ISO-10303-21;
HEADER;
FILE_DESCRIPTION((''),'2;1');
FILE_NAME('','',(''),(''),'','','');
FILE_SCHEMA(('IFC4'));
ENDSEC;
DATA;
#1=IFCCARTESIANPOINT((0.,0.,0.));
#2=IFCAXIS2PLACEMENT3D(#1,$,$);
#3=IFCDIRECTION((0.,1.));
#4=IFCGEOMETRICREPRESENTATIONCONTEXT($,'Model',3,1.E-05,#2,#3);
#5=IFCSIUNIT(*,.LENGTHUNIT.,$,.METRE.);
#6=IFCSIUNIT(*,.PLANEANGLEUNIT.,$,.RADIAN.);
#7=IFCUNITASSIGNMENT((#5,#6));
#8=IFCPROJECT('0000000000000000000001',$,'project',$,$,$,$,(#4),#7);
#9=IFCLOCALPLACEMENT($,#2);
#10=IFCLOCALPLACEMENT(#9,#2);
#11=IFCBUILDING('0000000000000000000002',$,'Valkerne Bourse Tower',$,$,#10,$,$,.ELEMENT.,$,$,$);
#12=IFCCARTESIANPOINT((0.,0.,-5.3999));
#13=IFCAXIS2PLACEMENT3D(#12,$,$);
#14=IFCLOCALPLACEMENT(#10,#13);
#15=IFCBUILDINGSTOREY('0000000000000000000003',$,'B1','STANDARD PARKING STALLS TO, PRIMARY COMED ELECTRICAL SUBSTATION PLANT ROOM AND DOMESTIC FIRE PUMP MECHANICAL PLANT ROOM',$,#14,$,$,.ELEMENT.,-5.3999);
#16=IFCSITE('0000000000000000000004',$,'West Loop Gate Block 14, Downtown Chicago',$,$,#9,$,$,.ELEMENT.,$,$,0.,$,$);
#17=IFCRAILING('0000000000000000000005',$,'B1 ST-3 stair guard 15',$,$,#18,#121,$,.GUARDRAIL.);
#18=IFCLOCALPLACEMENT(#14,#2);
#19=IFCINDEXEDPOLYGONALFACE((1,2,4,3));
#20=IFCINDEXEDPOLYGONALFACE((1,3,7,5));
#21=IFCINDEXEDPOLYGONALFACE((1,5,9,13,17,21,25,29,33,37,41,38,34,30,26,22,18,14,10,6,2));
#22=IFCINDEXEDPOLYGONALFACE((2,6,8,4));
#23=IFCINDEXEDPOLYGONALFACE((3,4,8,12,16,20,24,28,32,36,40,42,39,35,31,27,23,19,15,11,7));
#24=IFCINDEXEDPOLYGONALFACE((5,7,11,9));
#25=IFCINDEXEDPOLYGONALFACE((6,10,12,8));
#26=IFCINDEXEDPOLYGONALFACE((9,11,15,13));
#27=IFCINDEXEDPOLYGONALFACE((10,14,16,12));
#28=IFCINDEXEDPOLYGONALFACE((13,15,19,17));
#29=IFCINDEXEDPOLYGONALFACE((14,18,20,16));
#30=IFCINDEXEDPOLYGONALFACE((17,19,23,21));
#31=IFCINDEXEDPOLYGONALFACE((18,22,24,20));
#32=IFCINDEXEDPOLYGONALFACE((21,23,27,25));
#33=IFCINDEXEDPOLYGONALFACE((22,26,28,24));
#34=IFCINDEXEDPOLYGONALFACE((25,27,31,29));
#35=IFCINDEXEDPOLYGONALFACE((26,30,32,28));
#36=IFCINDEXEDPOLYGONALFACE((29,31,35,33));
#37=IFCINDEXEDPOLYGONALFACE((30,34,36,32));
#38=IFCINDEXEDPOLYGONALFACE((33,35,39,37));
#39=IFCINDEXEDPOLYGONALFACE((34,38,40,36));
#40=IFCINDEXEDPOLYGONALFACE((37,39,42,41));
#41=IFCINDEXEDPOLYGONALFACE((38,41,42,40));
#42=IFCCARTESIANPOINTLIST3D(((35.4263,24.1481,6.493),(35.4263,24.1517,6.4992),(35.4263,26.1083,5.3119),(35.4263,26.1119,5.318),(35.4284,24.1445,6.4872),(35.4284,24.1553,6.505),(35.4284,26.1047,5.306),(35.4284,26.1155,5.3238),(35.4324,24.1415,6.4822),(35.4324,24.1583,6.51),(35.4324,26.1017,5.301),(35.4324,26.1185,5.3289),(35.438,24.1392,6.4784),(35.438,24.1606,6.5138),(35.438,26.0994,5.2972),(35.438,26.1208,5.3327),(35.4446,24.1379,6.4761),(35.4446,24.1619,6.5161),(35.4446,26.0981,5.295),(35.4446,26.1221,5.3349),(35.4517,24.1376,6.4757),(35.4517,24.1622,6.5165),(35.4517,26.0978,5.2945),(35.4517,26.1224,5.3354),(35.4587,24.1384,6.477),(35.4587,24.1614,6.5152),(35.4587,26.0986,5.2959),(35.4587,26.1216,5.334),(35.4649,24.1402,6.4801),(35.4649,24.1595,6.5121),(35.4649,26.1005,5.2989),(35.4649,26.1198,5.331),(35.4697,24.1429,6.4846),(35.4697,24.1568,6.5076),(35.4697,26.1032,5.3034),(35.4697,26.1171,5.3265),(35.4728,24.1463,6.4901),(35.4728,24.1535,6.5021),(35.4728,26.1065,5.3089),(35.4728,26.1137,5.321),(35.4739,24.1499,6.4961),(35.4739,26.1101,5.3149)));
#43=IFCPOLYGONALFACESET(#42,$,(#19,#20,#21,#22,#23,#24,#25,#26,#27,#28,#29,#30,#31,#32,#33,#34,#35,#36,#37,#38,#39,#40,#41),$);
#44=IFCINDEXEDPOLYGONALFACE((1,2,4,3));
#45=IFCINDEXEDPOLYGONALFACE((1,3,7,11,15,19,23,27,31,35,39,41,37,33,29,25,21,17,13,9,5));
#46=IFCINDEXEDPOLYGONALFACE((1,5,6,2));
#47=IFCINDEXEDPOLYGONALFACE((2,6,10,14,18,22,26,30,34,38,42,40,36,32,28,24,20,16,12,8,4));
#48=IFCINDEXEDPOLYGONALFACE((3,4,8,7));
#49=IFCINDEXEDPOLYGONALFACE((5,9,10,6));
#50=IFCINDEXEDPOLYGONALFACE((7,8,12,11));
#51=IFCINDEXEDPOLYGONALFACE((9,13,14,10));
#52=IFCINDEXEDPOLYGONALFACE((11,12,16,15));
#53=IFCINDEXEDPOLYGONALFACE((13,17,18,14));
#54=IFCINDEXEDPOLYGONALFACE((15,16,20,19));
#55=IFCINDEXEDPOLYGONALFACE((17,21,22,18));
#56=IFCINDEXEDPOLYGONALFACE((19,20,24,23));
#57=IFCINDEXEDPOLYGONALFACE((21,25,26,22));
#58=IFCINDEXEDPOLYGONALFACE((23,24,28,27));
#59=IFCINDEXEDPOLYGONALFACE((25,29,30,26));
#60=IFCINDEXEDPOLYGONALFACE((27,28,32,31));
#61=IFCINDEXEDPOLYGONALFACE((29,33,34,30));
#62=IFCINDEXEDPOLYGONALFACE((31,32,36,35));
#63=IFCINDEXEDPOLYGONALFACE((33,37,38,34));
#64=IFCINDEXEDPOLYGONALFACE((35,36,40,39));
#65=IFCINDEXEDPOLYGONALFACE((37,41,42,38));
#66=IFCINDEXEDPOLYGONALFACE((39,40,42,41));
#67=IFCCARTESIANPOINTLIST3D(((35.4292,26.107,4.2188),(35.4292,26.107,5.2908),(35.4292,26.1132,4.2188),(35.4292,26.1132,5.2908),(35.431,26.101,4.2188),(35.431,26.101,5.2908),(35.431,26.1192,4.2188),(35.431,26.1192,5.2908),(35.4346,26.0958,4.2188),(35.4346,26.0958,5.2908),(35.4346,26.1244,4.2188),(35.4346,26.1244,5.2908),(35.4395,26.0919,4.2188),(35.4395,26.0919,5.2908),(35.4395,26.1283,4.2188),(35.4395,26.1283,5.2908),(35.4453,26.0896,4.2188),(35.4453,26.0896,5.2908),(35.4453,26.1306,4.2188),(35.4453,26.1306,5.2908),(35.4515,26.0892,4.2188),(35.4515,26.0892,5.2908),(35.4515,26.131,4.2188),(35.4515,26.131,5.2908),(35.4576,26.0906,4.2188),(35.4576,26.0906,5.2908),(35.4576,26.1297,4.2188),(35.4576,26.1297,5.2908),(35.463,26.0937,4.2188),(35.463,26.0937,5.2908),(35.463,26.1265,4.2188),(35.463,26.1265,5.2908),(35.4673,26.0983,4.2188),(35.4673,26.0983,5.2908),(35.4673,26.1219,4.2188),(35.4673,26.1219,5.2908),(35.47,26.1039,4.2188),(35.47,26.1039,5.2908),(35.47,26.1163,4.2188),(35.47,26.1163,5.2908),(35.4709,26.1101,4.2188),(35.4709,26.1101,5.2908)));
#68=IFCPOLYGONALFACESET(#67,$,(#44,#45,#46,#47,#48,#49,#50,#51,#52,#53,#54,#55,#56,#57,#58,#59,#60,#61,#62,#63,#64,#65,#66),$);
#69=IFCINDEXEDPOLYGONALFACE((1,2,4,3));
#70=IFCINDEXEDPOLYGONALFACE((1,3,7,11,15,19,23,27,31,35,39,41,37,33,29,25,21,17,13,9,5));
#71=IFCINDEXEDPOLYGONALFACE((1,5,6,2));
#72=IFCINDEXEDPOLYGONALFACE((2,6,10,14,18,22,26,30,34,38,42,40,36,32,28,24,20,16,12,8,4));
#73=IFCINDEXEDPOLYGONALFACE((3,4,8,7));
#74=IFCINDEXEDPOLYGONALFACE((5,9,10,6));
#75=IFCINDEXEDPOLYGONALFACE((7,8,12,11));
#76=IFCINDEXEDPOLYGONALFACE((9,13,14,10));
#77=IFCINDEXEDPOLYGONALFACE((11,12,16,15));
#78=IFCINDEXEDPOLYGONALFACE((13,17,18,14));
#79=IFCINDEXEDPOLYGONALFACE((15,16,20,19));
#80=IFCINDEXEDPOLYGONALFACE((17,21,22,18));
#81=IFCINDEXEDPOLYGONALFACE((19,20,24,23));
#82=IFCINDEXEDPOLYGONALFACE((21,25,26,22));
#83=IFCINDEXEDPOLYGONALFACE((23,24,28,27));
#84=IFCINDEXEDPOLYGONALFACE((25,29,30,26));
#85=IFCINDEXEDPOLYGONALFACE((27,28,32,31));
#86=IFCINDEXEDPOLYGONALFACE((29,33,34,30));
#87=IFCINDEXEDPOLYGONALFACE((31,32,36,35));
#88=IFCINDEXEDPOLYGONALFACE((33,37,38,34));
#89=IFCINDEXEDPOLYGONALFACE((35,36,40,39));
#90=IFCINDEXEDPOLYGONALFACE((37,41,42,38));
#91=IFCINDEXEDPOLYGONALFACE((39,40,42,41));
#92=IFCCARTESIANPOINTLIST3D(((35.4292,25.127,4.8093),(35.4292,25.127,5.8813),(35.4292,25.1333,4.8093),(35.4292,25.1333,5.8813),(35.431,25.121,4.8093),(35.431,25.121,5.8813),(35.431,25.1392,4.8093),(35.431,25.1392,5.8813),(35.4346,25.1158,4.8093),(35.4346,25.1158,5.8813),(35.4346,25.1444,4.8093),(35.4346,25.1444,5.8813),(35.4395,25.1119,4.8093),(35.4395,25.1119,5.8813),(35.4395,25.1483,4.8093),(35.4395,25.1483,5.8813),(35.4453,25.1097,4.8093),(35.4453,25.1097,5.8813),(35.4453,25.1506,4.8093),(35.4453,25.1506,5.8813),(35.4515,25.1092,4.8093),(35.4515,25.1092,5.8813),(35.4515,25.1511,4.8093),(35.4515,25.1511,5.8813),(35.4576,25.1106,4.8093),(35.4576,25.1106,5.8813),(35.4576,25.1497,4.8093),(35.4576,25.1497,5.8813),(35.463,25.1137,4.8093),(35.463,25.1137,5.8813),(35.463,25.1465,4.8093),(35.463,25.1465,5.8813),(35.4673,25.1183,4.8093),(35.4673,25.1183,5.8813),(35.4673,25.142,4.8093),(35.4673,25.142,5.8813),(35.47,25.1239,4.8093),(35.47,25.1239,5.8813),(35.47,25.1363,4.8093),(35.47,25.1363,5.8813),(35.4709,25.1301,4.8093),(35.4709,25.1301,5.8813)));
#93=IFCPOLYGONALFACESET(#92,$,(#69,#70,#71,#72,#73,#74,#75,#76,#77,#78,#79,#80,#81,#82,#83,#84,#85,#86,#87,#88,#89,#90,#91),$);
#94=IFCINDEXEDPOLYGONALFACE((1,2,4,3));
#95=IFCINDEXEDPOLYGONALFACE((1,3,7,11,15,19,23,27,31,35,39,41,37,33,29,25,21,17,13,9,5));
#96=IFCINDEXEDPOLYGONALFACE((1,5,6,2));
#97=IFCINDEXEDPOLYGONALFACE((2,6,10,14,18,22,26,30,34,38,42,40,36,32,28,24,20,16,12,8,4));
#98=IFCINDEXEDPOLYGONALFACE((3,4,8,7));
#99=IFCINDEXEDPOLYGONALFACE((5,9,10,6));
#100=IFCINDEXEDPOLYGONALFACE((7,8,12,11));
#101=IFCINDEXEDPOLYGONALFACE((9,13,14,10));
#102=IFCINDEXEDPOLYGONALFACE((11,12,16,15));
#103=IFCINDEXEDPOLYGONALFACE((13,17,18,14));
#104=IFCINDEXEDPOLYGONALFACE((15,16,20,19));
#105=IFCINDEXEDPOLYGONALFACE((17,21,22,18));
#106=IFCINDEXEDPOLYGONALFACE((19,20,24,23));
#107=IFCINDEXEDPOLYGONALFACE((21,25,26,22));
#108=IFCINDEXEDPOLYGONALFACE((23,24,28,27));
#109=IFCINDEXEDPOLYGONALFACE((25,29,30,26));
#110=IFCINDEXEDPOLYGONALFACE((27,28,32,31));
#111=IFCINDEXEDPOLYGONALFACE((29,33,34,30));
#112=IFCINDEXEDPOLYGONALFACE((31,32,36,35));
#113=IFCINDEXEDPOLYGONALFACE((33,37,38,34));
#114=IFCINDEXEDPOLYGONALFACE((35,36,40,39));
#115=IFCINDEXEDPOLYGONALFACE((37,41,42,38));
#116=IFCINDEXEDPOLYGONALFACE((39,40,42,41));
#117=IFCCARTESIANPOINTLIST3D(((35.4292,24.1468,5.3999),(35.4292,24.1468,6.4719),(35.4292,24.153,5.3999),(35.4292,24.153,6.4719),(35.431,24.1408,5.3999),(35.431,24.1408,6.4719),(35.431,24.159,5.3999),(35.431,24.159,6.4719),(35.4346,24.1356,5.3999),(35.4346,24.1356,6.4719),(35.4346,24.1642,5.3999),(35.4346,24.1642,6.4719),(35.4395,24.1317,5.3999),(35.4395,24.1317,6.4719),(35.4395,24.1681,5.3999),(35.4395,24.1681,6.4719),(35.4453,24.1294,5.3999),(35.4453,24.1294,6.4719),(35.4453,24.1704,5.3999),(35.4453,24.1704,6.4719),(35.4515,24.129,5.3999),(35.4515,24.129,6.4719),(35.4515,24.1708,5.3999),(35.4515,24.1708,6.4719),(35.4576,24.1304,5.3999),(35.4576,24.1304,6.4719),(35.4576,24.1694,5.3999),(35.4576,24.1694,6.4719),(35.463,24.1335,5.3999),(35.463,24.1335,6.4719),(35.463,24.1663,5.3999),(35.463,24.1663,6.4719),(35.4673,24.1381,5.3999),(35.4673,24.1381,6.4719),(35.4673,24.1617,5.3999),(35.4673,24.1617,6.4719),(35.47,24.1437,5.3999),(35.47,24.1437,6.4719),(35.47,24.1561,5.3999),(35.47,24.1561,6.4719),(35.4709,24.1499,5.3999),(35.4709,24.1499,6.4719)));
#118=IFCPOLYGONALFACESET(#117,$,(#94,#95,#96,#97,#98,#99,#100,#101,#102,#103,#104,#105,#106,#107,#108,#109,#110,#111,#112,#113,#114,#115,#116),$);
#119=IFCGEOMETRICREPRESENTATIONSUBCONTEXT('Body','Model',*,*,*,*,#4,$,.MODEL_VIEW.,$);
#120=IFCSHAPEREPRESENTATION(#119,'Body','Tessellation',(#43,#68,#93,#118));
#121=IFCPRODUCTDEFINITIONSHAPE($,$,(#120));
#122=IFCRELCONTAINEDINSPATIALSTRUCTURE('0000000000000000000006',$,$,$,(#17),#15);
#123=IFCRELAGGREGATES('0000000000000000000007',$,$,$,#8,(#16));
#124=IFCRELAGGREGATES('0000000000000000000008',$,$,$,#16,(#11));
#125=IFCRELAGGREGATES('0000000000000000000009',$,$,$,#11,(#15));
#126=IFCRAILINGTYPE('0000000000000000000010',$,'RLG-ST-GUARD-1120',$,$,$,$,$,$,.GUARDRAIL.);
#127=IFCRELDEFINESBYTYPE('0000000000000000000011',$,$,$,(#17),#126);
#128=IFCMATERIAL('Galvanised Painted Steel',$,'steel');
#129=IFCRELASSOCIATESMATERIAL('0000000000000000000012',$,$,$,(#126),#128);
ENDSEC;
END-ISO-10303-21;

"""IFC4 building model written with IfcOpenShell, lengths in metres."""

from ifc_helpers import new_model, si_unit, direction, frame, origin, origin_2d, place, context, subcontext, project, spatial, circle, extrude, material, type_object, element, save


model = new_model("IFC4")

# Units and contexts
model_context = context("Model", 3, precision=1e-05, world=origin(), true_north=direction((0.0, 1.0)))
body_context = subcontext(model_context, "Body", "Model", "MODEL_VIEW")
ifc_project = project(units=[si_unit("LENGTHUNIT", "METRE"), si_unit("PLANEANGLEUNIT", "RADIAN")], contexts=[model_context])

# Site, building, storey
site_placement = place(None, origin())
site = spatial("IfcSite", under=ifc_project, at=site_placement, Name="West Loop Gate Block 14, Downtown Chicago", CompositionType="ELEMENT", RefElevation=0.0)
building_placement = place(site_placement, origin())
building = spatial("IfcBuilding", under=site, at=building_placement, Name="Valkerne Bourse Tower", CompositionType="ELEMENT")
storey_placement = place(building_placement, frame((0.0, 0.0, -5.3999)))
storey = spatial("IfcBuildingStorey", under=building, at=storey_placement, Name="B1", Description="STANDARD PARKING STALLS TO, PRIMARY COMED ELECTRICAL SUBSTATION PLANT ROOM AND DOMESTIC FIRE PUMP MECHANICAL PLANT ROOM", CompositionType="ELEMENT", Elevation=-5.3999)

# Shared definitions
ifc_material_1 = material(Name="Galvanised Painted Steel", Category="steel")

# Railing
railing_type = type_object("IfcRailingType", Name="RLG-ST-GUARD-1120", PredefinedType="GUARDRAIL", material=ifc_material_1)
railing_1_placement = place(storey_placement, frame((35.45, 26.1101, 4.2188)))
element("IfcRailing", 1, at=railing_1_placement, inside=storey, type_object=railing_type, Name="B1 ST-3 stair guard 15", PredefinedType="GUARDRAIL", context=body_context, shape_type="SweptSolid", body=[
    extrude(circle(Radius=0.0239, at=origin_2d()), frame((0.0, 0.0, 1.0962), z_axis=(0.0, -0.856522, 0.516111), x_axis=(1.0, 0.0, 0.0)), (0.0, 0.0, 1.0), 2.2886),
    extrude(circle(Radius=0.021, at=origin_2d()), origin(), (0.0, 0.0, 1.0), 1.072),
    extrude(circle(Radius=0.021, at=origin_2d()), frame((0.0, -0.98, 0.5906)), (0.0, 0.0, 1.0), 1.072),
    extrude(circle(Radius=0.021, at=origin_2d()), frame((0.0, -1.9602, 1.1812)), (0.0, 0.0, 1.0), 1.072),
])

save(model, "model.ifc")
